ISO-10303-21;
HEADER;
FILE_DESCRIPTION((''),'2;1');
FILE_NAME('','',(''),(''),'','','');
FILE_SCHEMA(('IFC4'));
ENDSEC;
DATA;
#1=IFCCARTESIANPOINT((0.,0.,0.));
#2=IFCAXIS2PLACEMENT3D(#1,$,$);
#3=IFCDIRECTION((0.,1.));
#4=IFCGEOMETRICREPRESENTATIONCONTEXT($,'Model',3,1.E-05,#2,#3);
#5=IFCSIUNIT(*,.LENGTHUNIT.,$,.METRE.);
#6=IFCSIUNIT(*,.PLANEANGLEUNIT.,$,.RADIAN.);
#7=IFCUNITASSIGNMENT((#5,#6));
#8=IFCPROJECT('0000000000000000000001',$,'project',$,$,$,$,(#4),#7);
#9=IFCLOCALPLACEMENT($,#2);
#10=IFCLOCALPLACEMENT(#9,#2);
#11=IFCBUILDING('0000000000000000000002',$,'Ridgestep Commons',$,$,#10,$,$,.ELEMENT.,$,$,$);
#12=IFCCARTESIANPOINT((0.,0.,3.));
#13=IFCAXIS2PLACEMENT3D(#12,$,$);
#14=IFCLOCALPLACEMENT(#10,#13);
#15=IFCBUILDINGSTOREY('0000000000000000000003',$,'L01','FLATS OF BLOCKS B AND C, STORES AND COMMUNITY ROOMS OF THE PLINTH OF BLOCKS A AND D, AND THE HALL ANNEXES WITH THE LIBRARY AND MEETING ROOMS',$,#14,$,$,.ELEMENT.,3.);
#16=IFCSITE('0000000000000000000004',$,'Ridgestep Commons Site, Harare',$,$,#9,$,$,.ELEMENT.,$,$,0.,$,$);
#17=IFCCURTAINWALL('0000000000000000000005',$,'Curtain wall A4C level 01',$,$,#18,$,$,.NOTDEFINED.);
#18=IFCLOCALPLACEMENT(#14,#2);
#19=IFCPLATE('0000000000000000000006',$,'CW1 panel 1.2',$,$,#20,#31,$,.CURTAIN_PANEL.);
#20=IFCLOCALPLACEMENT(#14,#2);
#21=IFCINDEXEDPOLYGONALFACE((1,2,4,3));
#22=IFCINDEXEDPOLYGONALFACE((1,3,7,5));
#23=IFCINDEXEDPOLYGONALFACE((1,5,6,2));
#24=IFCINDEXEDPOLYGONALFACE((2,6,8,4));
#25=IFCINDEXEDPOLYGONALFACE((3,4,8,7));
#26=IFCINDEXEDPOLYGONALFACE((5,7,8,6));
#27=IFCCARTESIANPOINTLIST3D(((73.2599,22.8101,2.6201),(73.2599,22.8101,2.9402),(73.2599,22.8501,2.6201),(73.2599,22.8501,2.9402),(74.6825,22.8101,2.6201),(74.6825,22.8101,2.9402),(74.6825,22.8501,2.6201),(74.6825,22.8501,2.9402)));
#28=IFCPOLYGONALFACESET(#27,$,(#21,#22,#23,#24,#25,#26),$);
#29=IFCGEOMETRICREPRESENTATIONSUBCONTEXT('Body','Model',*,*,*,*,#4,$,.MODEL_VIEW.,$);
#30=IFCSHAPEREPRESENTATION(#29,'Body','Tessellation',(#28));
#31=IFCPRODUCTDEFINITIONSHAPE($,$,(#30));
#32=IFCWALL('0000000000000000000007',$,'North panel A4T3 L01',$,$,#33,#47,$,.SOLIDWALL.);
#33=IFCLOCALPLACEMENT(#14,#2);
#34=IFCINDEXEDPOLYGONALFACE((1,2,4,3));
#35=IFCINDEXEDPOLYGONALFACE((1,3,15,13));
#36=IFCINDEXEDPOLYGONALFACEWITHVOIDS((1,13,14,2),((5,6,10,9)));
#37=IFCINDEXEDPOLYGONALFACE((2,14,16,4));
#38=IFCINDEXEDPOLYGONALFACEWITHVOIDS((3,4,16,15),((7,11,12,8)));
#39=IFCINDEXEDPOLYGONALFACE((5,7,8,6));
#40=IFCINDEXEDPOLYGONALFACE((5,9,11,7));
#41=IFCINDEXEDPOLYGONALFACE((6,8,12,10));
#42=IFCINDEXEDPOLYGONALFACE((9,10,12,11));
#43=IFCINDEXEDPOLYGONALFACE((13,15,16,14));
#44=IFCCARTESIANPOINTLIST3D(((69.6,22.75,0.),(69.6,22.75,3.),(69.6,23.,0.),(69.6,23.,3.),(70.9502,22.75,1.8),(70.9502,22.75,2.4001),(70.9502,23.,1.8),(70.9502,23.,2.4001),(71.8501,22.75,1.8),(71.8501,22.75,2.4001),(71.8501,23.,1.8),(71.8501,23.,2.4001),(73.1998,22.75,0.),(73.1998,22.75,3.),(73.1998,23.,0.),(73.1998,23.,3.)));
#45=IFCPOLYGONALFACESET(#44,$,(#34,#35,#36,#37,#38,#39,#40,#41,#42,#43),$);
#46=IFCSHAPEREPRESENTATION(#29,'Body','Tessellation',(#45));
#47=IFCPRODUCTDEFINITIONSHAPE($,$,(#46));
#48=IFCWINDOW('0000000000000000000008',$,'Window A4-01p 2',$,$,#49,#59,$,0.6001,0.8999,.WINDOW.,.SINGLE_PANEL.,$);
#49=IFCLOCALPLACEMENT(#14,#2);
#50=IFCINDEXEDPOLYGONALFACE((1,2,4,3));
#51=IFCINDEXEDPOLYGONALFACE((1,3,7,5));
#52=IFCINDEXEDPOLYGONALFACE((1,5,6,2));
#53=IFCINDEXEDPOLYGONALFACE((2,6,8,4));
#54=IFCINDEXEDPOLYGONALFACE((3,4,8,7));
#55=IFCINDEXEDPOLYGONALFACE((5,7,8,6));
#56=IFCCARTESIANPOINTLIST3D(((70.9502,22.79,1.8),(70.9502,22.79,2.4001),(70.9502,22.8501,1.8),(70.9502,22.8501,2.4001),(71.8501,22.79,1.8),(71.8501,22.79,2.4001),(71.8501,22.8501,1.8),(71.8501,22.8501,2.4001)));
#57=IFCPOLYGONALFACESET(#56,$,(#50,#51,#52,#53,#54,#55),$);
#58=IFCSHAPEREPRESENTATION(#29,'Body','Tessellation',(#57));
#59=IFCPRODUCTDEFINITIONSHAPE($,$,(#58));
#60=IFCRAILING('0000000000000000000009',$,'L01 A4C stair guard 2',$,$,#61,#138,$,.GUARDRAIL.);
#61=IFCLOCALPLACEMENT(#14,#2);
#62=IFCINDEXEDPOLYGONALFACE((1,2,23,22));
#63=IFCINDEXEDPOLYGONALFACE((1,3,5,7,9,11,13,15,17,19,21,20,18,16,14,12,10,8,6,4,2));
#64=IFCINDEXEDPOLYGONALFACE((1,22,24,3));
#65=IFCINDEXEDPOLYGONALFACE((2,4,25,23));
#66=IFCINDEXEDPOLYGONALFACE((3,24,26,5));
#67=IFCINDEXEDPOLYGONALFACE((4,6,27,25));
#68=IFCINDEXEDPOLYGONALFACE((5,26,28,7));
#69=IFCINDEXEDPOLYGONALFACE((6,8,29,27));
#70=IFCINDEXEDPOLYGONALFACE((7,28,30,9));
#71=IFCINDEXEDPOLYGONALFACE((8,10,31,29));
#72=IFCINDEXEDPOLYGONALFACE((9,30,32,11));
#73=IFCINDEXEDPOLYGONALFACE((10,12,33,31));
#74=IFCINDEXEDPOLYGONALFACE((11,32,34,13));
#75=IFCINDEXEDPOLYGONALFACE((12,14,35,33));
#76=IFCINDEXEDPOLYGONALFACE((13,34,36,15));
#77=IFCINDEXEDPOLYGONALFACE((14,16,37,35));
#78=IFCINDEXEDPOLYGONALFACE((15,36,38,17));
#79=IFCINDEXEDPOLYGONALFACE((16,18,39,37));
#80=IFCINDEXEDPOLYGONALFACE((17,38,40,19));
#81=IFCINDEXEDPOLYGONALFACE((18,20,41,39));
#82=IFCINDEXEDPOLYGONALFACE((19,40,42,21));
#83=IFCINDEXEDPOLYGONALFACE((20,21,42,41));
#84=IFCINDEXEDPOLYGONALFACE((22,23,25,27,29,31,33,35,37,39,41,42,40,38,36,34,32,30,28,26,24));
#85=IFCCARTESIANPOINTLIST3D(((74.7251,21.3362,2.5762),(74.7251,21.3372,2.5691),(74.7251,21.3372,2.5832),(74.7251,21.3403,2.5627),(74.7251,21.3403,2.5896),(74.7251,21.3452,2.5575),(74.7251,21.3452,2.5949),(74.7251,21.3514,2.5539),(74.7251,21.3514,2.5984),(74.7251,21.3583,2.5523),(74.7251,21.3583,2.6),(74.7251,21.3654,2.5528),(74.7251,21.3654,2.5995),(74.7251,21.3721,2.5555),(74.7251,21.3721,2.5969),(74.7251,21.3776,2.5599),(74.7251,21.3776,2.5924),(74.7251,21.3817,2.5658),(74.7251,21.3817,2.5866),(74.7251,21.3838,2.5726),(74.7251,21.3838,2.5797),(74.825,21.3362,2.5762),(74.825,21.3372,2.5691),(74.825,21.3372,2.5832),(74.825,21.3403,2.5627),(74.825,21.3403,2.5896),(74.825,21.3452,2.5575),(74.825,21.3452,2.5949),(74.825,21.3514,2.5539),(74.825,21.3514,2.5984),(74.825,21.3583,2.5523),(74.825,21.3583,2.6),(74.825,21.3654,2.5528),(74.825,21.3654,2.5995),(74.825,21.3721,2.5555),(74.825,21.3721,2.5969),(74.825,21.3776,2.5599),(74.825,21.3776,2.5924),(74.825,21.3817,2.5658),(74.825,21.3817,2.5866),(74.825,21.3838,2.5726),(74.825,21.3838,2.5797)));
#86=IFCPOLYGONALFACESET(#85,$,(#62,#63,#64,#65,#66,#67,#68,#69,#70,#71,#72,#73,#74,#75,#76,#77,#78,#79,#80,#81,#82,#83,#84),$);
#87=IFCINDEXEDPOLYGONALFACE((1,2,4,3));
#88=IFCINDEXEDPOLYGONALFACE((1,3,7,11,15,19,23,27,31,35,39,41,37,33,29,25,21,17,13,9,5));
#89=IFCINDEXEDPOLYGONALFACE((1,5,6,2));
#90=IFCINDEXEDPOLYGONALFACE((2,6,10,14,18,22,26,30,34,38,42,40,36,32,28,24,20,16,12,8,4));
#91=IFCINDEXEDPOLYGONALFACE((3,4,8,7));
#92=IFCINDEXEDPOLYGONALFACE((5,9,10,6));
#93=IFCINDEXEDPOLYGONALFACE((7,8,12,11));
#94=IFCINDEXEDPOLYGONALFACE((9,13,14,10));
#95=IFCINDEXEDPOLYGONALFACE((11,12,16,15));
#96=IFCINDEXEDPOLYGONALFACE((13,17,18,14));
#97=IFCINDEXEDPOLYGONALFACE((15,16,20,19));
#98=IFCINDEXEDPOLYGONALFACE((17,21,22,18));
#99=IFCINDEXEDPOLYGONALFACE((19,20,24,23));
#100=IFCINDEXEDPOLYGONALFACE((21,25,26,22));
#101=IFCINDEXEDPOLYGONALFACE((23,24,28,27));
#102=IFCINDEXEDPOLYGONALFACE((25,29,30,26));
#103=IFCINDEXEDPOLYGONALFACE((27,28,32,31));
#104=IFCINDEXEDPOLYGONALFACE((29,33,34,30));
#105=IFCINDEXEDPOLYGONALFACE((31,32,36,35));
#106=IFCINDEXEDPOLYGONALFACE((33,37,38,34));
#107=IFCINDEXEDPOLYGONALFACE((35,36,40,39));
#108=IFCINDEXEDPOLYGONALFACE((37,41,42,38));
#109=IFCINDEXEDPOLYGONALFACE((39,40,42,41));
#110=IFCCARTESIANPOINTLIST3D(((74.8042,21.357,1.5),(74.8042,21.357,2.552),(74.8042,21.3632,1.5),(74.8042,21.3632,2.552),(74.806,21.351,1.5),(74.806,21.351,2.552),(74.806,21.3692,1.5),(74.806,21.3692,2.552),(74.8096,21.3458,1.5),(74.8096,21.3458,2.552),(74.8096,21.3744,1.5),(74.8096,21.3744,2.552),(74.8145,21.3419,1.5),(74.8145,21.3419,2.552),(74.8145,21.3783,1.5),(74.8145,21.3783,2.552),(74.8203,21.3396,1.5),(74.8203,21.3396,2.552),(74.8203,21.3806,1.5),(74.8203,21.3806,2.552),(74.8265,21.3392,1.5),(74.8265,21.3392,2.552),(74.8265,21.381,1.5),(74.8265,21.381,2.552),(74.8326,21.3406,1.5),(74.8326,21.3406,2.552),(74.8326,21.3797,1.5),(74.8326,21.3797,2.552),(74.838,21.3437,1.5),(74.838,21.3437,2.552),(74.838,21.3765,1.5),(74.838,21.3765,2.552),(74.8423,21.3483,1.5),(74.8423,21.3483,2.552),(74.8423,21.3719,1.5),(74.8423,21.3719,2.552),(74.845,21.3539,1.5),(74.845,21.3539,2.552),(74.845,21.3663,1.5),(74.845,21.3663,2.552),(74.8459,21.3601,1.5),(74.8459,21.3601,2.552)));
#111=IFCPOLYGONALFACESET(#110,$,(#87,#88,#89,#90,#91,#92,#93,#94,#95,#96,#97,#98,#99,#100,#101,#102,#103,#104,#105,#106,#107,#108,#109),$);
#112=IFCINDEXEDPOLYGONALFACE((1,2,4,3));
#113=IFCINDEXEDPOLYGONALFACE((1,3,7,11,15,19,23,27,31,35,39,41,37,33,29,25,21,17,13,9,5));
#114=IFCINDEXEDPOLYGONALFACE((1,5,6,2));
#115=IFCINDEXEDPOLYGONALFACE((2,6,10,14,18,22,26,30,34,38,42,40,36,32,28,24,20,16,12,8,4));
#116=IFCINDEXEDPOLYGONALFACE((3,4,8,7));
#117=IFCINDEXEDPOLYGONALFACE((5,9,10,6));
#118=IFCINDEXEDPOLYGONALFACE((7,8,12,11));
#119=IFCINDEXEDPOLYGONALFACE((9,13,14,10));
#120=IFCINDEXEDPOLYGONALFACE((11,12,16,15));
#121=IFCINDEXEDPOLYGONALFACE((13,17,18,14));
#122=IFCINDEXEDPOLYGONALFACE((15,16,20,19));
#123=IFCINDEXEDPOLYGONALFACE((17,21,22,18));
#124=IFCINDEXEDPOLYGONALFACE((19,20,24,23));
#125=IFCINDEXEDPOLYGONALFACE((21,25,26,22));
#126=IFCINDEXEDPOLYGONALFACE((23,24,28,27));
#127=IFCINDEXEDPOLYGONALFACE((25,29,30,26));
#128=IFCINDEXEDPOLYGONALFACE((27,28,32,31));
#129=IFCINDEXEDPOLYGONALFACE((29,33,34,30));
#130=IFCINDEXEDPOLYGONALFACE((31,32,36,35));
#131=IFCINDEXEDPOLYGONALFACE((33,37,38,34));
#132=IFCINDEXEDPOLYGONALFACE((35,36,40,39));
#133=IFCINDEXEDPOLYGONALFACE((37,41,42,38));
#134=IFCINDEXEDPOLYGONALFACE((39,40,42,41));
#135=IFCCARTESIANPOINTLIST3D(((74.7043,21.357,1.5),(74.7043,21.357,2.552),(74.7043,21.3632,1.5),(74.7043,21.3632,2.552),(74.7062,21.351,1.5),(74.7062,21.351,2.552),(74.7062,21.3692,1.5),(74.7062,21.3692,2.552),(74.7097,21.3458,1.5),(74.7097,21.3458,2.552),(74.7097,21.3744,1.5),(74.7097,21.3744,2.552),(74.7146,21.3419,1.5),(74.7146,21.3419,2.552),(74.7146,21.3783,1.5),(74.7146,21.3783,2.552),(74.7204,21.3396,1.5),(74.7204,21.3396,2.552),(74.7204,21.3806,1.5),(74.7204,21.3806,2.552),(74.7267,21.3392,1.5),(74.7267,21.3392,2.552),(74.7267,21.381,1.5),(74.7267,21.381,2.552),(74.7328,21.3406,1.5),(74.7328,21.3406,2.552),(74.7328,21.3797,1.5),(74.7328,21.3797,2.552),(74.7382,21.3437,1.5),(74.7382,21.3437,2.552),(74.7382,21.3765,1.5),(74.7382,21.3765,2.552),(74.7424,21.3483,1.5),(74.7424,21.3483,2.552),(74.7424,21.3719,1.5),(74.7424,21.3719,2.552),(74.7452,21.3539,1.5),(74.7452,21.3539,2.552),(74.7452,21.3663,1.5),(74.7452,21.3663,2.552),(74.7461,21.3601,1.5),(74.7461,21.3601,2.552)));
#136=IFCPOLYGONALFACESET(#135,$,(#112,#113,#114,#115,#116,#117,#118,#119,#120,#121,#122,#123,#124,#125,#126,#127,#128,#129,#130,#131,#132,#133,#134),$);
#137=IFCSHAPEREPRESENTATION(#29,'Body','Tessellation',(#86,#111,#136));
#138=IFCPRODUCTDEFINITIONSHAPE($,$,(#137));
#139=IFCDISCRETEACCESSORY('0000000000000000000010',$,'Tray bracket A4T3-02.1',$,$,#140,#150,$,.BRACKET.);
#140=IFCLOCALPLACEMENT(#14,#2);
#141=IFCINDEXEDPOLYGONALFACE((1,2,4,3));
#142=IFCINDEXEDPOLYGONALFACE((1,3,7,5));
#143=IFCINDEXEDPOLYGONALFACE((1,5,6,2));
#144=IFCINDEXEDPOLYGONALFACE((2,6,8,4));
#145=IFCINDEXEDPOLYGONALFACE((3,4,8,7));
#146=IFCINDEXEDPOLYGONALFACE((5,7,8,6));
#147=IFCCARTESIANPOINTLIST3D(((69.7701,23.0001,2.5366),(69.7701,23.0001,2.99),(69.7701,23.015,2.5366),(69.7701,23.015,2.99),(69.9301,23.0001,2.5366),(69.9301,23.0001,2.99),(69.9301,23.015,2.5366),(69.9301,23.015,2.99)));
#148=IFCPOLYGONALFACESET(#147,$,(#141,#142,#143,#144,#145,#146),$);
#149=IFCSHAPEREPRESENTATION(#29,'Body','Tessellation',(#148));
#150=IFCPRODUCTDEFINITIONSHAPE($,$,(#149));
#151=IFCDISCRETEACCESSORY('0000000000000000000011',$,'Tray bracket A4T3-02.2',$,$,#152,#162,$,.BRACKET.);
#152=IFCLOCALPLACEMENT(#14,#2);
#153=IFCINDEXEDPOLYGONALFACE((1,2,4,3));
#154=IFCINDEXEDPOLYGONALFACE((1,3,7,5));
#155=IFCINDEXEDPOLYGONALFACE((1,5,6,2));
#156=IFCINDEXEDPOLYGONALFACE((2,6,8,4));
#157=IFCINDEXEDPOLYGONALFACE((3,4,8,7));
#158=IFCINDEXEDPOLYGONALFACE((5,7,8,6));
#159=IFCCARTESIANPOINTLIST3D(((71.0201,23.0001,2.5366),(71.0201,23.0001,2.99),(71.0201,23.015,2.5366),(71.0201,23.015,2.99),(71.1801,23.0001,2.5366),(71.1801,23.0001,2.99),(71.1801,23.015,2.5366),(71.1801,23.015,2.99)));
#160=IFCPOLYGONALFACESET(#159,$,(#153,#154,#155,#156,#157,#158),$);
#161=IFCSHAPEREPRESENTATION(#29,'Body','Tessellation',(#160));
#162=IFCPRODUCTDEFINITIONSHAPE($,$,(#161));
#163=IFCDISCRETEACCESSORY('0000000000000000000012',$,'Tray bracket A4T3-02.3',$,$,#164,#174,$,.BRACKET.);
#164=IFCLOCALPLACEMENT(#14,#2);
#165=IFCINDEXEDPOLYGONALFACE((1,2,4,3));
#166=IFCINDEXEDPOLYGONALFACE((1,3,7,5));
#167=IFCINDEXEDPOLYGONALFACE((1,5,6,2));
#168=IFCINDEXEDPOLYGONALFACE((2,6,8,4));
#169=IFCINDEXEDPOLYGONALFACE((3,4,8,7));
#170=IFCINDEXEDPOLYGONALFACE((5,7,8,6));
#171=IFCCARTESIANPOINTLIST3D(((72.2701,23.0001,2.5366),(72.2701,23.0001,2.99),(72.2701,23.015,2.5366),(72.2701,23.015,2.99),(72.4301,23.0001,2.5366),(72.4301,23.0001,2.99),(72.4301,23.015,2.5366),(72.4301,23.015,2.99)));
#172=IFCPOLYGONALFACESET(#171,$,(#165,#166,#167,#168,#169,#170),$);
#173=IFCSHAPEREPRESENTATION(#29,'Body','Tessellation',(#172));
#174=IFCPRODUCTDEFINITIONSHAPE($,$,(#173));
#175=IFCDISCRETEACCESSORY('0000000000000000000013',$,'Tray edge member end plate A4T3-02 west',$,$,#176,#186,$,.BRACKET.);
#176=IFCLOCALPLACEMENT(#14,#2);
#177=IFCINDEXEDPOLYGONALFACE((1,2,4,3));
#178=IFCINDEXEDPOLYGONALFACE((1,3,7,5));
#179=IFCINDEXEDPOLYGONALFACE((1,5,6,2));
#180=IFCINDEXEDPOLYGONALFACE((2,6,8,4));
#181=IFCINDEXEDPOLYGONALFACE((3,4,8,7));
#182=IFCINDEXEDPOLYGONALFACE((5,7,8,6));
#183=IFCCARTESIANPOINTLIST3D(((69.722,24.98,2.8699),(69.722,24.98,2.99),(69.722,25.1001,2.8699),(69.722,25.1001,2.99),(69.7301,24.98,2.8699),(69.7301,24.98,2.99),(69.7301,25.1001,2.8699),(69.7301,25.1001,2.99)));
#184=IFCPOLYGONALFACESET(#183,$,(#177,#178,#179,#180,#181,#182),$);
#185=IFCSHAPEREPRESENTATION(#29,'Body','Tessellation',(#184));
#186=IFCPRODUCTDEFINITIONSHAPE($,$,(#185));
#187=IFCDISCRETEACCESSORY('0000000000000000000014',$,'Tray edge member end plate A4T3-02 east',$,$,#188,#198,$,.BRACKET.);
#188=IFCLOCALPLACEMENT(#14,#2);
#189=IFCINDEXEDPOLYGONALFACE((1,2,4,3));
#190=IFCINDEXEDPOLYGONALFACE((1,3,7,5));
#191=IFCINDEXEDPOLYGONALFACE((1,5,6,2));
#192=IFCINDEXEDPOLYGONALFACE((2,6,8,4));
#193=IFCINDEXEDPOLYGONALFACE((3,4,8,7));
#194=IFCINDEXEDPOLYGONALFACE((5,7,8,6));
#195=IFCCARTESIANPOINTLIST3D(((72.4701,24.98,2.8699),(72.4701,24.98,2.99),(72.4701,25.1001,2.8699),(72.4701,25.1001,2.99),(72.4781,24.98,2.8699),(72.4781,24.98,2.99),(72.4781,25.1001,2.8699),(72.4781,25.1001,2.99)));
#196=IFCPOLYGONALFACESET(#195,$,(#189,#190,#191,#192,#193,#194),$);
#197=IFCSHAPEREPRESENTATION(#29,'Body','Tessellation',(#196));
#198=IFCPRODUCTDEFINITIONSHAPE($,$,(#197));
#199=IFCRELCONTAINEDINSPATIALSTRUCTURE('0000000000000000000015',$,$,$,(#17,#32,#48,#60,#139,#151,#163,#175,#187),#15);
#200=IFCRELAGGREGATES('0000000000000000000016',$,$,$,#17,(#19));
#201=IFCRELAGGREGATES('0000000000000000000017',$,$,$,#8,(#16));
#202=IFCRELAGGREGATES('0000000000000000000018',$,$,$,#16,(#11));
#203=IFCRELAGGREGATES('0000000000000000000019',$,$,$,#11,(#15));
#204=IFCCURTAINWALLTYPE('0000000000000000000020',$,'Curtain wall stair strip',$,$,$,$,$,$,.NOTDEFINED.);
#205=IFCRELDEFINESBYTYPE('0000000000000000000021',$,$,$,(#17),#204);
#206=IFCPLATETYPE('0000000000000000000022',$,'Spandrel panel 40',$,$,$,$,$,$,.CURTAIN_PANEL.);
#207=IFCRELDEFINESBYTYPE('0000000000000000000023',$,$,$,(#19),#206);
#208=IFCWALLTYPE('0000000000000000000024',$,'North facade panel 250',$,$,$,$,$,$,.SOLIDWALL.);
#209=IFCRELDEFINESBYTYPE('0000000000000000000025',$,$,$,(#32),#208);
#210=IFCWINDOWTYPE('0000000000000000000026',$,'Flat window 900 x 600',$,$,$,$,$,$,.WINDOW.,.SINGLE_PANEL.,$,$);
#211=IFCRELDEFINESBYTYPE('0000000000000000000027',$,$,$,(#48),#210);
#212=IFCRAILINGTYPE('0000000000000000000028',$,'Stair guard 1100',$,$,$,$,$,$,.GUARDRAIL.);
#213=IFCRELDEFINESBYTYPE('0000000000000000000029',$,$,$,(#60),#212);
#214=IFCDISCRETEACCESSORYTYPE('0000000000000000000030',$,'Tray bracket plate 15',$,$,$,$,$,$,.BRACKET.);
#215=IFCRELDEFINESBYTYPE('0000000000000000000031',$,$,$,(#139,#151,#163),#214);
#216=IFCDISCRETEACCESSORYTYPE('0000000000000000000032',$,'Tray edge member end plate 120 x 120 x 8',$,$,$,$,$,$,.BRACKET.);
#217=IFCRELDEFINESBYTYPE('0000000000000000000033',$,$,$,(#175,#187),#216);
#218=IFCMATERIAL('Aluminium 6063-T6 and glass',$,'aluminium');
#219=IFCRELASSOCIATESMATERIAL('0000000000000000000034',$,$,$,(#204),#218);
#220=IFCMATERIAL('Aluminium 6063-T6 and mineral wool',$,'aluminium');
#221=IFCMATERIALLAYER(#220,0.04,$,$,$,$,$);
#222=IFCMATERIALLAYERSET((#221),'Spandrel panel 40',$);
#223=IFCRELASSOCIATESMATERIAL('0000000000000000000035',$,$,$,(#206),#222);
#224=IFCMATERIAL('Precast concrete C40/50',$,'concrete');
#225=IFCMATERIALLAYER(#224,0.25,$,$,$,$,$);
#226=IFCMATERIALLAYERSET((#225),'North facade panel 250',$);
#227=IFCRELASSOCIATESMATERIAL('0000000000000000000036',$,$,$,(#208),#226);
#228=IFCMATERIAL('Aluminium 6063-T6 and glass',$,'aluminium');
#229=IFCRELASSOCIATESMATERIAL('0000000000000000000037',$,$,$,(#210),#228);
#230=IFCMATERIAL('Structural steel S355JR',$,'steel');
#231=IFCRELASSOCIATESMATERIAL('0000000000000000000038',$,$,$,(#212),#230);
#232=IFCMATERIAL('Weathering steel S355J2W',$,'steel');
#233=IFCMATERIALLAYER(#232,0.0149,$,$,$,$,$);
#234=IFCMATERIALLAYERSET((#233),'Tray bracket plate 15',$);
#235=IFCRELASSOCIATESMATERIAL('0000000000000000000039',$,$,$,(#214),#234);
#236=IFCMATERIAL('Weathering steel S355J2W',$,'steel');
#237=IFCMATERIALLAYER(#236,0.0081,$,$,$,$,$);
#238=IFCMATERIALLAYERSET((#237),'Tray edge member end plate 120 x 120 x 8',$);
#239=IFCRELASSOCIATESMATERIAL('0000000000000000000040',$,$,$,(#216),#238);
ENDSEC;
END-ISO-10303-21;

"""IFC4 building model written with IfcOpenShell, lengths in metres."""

from ifc_helpers import new_model, si_unit, direction, frame, frame_2d, origin, origin_2d, place, context, subcontext, project, spatial, rectangle, circle, extrude, material, layer, layer_set, type_object, element, fill, aggregate, save


model = new_model("IFC4")

# Units and contexts
model_context = context("Model", 3, precision=1e-05, world=origin(), true_north=direction((0.0, 1.0)))
body_context = subcontext(model_context, "Body", "Model", "MODEL_VIEW")
ifc_project = project(units=[si_unit("LENGTHUNIT", "METRE"), si_unit("PLANEANGLEUNIT", "RADIAN")], contexts=[model_context])

# Site, building, storey
site_placement = place(None, origin())
site = spatial("IfcSite", under=ifc_project, at=site_placement, Name="Ridgestep Commons Site, Harare", CompositionType="ELEMENT", RefElevation=0.0)
building_placement = place(site_placement, origin())
building = spatial("IfcBuilding", under=site, at=building_placement, Name="Ridgestep Commons", CompositionType="ELEMENT")
storey_placement = place(building_placement, frame((0.0, 0.0, 3.0)))
storey = spatial("IfcBuildingStorey", under=building, at=storey_placement, Name="L01", Description="FLATS OF BLOCKS B AND C, STORES AND COMMUNITY ROOMS OF THE PLINTH OF BLOCKS A AND D, AND THE HALL ANNEXES WITH THE LIBRARY AND MEETING ROOMS", CompositionType="ELEMENT", Elevation=3.0)

# Curtain wall
ifc_material_1 = material(Name="Aluminium 6063-T6 and glass", Category="aluminium")
curtain_wall_type = type_object("IfcCurtainWallType", Name="Curtain wall stair strip", PredefinedType="NOTDEFINED", material=ifc_material_1)
curtain_wall_placement = place(storey_placement, origin())
curtain_wall = element("IfcCurtainWall", 1, at=curtain_wall_placement, inside=storey, type_object=curtain_wall_type, Name="Curtain wall A4C level 01", PredefinedType="NOTDEFINED")

# Plate
ifc_material_2 = material(Name="Aluminium 6063-T6 and mineral wool", Category="aluminium")
ifc_layer_1 = layer(ifc_material_2, 0.04)
ifc_layer_set_1 = layer_set([ifc_layer_1], Name="Spandrel panel 40")
plate_type_1 = type_object("IfcPlateType", Name="Spandrel panel 40", PredefinedType="CURTAIN_PANEL", material=ifc_layer_set_1)
plate_1_placement = place(storey_placement, frame((73.9712, 22.8301, 2.6201), z_axis=(0.0, 0.0, 1.0), x_axis=(1.0, 0.0, 0.0)))
plate_1 = element("IfcPlate", 2, at=plate_1_placement, type_object=plate_type_1, Name="CW1 panel 1.2", PredefinedType="CURTAIN_PANEL", context=body_context, shape_type="SweptSolid", body=[
    extrude(rectangle(XDim=1.4226, YDim=0.04, at=origin_2d()), origin(), (0.0, 0.0, 1.0), 0.3201),
])
aggregate(curtain_wall, [plate_1])

# Wall, opening, window
ifc_material_3 = material(Name="Precast concrete C40/50", Category="concrete")
ifc_layer_2 = layer(ifc_material_3, 0.25)
ifc_layer_set_2 = layer_set([ifc_layer_2], Name="North facade panel 250")
wall_type = type_object("IfcWallType", Name="North facade panel 250", PredefinedType="SOLIDWALL", material=ifc_layer_set_2)
wall_placement = place(storey_placement, frame((69.6001, 22.875, 0.0), z_axis=(0.0, 0.0, 1.0), x_axis=(1.0, 0.0, 0.0)))
wall = element("IfcWall", 3, at=wall_placement, inside=storey, type_object=wall_type, Name="North panel A4T3 L01", PredefinedType="SOLIDWALL", context=body_context, shape_type="SweptSolid", body=[
    extrude(rectangle(XDim=3.5999, YDim=0.25, at=frame_2d((1.7998, 0.0))), origin(), (0.0, 0.0, 1.0), 3.0),
])
opening_placement = place(wall_placement, frame((1.3501, 0.0, 1.8)))
opening = element("IfcOpeningElement", 4, at=opening_placement, cuts=wall, PredefinedType="OPENING", context=body_context, shape_type="SweptSolid", body=[
    extrude(rectangle(XDim=0.8999, YDim=0.6001, at=frame_2d((0.45, 0.3))), frame((0.0, 0.135, 0.0), z_axis=(0.0, -1.0, 0.0), x_axis=(1.0, 0.0, 0.0)), (0.0, 0.0, 1.0), 0.27),
])
ifc_material_4 = material(Name="Aluminium 6063-T6 and glass", Category="aluminium")
window_type = type_object("IfcWindowType", Name="Flat window 900 x 600", PartitioningType="SINGLE_PANEL", PredefinedType="WINDOW", material=ifc_material_4)
window_placement = place(opening_placement, origin())
window = element("IfcWindow", 5, at=window_placement, inside=storey, type_object=window_type, Name="Window A4-01p 2", OverallHeight=0.6001, OverallWidth=0.8999, PartitioningType="SINGLE_PANEL", PredefinedType="WINDOW", context=body_context, shape_type="SweptSolid", body=[
    extrude(rectangle(XDim=0.8999, YDim=0.6001, at=frame_2d((0.45, 0.3))), frame((0.0, -0.0249, 0.0), z_axis=(0.0, -1.0, 0.0), x_axis=(1.0, 0.0, 0.0)), (0.0, 0.0, 1.0), 0.0601),
])
fill(opening, window)

# Railing
ifc_material_5 = material(Name="Structural steel S355JR", Category="steel")
railing_type = type_object("IfcRailingType", Name="Stair guard 1100", PredefinedType="GUARDRAIL", material=ifc_material_5)
railing_placement = place(storey_placement, frame((74.825, 21.3601, 1.5)))
element("IfcRailing", 6, at=railing_placement, inside=storey, type_object=railing_type, Name="L01 A4C stair guard 2", PredefinedType="GUARDRAIL", context=body_context, shape_type="SweptSolid", body=[
    extrude(circle(Radius=0.0239, at=origin_2d()), frame((0.0, 0.0, 1.0762), z_axis=(-1.0, 0.0, 0.0), x_axis=(0.0, -1.0, 0.0)), (0.0, 0.0, 1.0), 0.0999),
    extrude(circle(Radius=0.021, at=origin_2d()), origin(), (0.0, 0.0, 1.0), 1.052),
    extrude(circle(Radius=0.021, at=origin_2d()), frame((-0.0999, 0.0, 0.0)), (0.0, 0.0, 1.0), 1.052),
])

# Discrete accessories
ifc_material_6 = material(Name="Weathering steel S355J2W", Category="steel")
ifc_layer_3 = layer(ifc_material_6, 0.0149)
ifc_layer_set_3 = layer_set([ifc_layer_3], Name="Tray bracket plate 15")
discrete_accessory_type_1 = type_object("IfcDiscreteAccessoryType", Name="Tray bracket plate 15", PredefinedType="BRACKET", material=ifc_layer_set_3)
for number, where, z_axis, x_axis, name in (
    (7, (69.8501, 23.0076, 2.5366), (0.0, 0.0, 1.0), (1.0, 0.0, 0.0), "Tray bracket A4T3-02.1"),
    (8, (71.1001, 23.0076, 2.5366), (0.0, 0.0, 1.0), (1.0, 0.0, 0.0), "Tray bracket A4T3-02.2"),
    (9, (72.3501, 23.0076, 2.5366), (0.0, 0.0, 1.0), (1.0, 0.0, 0.0), "Tray bracket A4T3-02.3"),
):
    element("IfcDiscreteAccessory", number, at=place(storey_placement, frame(where, z_axis=z_axis, x_axis=x_axis)), inside=storey, type_object=discrete_accessory_type_1, Name=name, PredefinedType="BRACKET", context=body_context, shape_type="SweptSolid", body=[
        extrude(rectangle(XDim=0.1599, YDim=0.0149, at=origin_2d()), origin(), (0.0, 0.0, 1.0), 0.4534),
    ])
ifc_material_7 = material(Name="Weathering steel S355J2W", Category="steel")
ifc_layer_4 = layer(ifc_material_7, 0.0081)
ifc_layer_set_4 = layer_set([ifc_layer_4], Name="Tray edge member end plate 120 x 120 x 8")
discrete_accessory_type_2 = type_object("IfcDiscreteAccessoryType", Name="Tray edge member end plate 120 x 120 x 8", PredefinedType="BRACKET", material=ifc_layer_set_4)
for number, where, z_axis, x_axis, name in (
    (10, (69.7261, 25.04, 2.8699), (0.0, 0.0, 1.0), (1.0, 0.0, 0.0), "Tray edge member end plate A4T3-02 west"),
    (11, (72.4741, 25.04, 2.8699), (0.0, 0.0, 1.0), (1.0, 0.0, 0.0), "Tray edge member end plate A4T3-02 east"),
):
    element("IfcDiscreteAccessory", number, at=place(storey_placement, frame(where, z_axis=z_axis, x_axis=x_axis)), inside=storey, type_object=discrete_accessory_type_2, Name=name, PredefinedType="BRACKET", context=body_context, shape_type="SweptSolid", body=[
        extrude(rectangle(XDim=0.0081, YDim=0.1201, at=origin_2d()), origin(), (0.0, 0.0, 1.0), 0.1201),
    ])

save(model, "model.ifc")
